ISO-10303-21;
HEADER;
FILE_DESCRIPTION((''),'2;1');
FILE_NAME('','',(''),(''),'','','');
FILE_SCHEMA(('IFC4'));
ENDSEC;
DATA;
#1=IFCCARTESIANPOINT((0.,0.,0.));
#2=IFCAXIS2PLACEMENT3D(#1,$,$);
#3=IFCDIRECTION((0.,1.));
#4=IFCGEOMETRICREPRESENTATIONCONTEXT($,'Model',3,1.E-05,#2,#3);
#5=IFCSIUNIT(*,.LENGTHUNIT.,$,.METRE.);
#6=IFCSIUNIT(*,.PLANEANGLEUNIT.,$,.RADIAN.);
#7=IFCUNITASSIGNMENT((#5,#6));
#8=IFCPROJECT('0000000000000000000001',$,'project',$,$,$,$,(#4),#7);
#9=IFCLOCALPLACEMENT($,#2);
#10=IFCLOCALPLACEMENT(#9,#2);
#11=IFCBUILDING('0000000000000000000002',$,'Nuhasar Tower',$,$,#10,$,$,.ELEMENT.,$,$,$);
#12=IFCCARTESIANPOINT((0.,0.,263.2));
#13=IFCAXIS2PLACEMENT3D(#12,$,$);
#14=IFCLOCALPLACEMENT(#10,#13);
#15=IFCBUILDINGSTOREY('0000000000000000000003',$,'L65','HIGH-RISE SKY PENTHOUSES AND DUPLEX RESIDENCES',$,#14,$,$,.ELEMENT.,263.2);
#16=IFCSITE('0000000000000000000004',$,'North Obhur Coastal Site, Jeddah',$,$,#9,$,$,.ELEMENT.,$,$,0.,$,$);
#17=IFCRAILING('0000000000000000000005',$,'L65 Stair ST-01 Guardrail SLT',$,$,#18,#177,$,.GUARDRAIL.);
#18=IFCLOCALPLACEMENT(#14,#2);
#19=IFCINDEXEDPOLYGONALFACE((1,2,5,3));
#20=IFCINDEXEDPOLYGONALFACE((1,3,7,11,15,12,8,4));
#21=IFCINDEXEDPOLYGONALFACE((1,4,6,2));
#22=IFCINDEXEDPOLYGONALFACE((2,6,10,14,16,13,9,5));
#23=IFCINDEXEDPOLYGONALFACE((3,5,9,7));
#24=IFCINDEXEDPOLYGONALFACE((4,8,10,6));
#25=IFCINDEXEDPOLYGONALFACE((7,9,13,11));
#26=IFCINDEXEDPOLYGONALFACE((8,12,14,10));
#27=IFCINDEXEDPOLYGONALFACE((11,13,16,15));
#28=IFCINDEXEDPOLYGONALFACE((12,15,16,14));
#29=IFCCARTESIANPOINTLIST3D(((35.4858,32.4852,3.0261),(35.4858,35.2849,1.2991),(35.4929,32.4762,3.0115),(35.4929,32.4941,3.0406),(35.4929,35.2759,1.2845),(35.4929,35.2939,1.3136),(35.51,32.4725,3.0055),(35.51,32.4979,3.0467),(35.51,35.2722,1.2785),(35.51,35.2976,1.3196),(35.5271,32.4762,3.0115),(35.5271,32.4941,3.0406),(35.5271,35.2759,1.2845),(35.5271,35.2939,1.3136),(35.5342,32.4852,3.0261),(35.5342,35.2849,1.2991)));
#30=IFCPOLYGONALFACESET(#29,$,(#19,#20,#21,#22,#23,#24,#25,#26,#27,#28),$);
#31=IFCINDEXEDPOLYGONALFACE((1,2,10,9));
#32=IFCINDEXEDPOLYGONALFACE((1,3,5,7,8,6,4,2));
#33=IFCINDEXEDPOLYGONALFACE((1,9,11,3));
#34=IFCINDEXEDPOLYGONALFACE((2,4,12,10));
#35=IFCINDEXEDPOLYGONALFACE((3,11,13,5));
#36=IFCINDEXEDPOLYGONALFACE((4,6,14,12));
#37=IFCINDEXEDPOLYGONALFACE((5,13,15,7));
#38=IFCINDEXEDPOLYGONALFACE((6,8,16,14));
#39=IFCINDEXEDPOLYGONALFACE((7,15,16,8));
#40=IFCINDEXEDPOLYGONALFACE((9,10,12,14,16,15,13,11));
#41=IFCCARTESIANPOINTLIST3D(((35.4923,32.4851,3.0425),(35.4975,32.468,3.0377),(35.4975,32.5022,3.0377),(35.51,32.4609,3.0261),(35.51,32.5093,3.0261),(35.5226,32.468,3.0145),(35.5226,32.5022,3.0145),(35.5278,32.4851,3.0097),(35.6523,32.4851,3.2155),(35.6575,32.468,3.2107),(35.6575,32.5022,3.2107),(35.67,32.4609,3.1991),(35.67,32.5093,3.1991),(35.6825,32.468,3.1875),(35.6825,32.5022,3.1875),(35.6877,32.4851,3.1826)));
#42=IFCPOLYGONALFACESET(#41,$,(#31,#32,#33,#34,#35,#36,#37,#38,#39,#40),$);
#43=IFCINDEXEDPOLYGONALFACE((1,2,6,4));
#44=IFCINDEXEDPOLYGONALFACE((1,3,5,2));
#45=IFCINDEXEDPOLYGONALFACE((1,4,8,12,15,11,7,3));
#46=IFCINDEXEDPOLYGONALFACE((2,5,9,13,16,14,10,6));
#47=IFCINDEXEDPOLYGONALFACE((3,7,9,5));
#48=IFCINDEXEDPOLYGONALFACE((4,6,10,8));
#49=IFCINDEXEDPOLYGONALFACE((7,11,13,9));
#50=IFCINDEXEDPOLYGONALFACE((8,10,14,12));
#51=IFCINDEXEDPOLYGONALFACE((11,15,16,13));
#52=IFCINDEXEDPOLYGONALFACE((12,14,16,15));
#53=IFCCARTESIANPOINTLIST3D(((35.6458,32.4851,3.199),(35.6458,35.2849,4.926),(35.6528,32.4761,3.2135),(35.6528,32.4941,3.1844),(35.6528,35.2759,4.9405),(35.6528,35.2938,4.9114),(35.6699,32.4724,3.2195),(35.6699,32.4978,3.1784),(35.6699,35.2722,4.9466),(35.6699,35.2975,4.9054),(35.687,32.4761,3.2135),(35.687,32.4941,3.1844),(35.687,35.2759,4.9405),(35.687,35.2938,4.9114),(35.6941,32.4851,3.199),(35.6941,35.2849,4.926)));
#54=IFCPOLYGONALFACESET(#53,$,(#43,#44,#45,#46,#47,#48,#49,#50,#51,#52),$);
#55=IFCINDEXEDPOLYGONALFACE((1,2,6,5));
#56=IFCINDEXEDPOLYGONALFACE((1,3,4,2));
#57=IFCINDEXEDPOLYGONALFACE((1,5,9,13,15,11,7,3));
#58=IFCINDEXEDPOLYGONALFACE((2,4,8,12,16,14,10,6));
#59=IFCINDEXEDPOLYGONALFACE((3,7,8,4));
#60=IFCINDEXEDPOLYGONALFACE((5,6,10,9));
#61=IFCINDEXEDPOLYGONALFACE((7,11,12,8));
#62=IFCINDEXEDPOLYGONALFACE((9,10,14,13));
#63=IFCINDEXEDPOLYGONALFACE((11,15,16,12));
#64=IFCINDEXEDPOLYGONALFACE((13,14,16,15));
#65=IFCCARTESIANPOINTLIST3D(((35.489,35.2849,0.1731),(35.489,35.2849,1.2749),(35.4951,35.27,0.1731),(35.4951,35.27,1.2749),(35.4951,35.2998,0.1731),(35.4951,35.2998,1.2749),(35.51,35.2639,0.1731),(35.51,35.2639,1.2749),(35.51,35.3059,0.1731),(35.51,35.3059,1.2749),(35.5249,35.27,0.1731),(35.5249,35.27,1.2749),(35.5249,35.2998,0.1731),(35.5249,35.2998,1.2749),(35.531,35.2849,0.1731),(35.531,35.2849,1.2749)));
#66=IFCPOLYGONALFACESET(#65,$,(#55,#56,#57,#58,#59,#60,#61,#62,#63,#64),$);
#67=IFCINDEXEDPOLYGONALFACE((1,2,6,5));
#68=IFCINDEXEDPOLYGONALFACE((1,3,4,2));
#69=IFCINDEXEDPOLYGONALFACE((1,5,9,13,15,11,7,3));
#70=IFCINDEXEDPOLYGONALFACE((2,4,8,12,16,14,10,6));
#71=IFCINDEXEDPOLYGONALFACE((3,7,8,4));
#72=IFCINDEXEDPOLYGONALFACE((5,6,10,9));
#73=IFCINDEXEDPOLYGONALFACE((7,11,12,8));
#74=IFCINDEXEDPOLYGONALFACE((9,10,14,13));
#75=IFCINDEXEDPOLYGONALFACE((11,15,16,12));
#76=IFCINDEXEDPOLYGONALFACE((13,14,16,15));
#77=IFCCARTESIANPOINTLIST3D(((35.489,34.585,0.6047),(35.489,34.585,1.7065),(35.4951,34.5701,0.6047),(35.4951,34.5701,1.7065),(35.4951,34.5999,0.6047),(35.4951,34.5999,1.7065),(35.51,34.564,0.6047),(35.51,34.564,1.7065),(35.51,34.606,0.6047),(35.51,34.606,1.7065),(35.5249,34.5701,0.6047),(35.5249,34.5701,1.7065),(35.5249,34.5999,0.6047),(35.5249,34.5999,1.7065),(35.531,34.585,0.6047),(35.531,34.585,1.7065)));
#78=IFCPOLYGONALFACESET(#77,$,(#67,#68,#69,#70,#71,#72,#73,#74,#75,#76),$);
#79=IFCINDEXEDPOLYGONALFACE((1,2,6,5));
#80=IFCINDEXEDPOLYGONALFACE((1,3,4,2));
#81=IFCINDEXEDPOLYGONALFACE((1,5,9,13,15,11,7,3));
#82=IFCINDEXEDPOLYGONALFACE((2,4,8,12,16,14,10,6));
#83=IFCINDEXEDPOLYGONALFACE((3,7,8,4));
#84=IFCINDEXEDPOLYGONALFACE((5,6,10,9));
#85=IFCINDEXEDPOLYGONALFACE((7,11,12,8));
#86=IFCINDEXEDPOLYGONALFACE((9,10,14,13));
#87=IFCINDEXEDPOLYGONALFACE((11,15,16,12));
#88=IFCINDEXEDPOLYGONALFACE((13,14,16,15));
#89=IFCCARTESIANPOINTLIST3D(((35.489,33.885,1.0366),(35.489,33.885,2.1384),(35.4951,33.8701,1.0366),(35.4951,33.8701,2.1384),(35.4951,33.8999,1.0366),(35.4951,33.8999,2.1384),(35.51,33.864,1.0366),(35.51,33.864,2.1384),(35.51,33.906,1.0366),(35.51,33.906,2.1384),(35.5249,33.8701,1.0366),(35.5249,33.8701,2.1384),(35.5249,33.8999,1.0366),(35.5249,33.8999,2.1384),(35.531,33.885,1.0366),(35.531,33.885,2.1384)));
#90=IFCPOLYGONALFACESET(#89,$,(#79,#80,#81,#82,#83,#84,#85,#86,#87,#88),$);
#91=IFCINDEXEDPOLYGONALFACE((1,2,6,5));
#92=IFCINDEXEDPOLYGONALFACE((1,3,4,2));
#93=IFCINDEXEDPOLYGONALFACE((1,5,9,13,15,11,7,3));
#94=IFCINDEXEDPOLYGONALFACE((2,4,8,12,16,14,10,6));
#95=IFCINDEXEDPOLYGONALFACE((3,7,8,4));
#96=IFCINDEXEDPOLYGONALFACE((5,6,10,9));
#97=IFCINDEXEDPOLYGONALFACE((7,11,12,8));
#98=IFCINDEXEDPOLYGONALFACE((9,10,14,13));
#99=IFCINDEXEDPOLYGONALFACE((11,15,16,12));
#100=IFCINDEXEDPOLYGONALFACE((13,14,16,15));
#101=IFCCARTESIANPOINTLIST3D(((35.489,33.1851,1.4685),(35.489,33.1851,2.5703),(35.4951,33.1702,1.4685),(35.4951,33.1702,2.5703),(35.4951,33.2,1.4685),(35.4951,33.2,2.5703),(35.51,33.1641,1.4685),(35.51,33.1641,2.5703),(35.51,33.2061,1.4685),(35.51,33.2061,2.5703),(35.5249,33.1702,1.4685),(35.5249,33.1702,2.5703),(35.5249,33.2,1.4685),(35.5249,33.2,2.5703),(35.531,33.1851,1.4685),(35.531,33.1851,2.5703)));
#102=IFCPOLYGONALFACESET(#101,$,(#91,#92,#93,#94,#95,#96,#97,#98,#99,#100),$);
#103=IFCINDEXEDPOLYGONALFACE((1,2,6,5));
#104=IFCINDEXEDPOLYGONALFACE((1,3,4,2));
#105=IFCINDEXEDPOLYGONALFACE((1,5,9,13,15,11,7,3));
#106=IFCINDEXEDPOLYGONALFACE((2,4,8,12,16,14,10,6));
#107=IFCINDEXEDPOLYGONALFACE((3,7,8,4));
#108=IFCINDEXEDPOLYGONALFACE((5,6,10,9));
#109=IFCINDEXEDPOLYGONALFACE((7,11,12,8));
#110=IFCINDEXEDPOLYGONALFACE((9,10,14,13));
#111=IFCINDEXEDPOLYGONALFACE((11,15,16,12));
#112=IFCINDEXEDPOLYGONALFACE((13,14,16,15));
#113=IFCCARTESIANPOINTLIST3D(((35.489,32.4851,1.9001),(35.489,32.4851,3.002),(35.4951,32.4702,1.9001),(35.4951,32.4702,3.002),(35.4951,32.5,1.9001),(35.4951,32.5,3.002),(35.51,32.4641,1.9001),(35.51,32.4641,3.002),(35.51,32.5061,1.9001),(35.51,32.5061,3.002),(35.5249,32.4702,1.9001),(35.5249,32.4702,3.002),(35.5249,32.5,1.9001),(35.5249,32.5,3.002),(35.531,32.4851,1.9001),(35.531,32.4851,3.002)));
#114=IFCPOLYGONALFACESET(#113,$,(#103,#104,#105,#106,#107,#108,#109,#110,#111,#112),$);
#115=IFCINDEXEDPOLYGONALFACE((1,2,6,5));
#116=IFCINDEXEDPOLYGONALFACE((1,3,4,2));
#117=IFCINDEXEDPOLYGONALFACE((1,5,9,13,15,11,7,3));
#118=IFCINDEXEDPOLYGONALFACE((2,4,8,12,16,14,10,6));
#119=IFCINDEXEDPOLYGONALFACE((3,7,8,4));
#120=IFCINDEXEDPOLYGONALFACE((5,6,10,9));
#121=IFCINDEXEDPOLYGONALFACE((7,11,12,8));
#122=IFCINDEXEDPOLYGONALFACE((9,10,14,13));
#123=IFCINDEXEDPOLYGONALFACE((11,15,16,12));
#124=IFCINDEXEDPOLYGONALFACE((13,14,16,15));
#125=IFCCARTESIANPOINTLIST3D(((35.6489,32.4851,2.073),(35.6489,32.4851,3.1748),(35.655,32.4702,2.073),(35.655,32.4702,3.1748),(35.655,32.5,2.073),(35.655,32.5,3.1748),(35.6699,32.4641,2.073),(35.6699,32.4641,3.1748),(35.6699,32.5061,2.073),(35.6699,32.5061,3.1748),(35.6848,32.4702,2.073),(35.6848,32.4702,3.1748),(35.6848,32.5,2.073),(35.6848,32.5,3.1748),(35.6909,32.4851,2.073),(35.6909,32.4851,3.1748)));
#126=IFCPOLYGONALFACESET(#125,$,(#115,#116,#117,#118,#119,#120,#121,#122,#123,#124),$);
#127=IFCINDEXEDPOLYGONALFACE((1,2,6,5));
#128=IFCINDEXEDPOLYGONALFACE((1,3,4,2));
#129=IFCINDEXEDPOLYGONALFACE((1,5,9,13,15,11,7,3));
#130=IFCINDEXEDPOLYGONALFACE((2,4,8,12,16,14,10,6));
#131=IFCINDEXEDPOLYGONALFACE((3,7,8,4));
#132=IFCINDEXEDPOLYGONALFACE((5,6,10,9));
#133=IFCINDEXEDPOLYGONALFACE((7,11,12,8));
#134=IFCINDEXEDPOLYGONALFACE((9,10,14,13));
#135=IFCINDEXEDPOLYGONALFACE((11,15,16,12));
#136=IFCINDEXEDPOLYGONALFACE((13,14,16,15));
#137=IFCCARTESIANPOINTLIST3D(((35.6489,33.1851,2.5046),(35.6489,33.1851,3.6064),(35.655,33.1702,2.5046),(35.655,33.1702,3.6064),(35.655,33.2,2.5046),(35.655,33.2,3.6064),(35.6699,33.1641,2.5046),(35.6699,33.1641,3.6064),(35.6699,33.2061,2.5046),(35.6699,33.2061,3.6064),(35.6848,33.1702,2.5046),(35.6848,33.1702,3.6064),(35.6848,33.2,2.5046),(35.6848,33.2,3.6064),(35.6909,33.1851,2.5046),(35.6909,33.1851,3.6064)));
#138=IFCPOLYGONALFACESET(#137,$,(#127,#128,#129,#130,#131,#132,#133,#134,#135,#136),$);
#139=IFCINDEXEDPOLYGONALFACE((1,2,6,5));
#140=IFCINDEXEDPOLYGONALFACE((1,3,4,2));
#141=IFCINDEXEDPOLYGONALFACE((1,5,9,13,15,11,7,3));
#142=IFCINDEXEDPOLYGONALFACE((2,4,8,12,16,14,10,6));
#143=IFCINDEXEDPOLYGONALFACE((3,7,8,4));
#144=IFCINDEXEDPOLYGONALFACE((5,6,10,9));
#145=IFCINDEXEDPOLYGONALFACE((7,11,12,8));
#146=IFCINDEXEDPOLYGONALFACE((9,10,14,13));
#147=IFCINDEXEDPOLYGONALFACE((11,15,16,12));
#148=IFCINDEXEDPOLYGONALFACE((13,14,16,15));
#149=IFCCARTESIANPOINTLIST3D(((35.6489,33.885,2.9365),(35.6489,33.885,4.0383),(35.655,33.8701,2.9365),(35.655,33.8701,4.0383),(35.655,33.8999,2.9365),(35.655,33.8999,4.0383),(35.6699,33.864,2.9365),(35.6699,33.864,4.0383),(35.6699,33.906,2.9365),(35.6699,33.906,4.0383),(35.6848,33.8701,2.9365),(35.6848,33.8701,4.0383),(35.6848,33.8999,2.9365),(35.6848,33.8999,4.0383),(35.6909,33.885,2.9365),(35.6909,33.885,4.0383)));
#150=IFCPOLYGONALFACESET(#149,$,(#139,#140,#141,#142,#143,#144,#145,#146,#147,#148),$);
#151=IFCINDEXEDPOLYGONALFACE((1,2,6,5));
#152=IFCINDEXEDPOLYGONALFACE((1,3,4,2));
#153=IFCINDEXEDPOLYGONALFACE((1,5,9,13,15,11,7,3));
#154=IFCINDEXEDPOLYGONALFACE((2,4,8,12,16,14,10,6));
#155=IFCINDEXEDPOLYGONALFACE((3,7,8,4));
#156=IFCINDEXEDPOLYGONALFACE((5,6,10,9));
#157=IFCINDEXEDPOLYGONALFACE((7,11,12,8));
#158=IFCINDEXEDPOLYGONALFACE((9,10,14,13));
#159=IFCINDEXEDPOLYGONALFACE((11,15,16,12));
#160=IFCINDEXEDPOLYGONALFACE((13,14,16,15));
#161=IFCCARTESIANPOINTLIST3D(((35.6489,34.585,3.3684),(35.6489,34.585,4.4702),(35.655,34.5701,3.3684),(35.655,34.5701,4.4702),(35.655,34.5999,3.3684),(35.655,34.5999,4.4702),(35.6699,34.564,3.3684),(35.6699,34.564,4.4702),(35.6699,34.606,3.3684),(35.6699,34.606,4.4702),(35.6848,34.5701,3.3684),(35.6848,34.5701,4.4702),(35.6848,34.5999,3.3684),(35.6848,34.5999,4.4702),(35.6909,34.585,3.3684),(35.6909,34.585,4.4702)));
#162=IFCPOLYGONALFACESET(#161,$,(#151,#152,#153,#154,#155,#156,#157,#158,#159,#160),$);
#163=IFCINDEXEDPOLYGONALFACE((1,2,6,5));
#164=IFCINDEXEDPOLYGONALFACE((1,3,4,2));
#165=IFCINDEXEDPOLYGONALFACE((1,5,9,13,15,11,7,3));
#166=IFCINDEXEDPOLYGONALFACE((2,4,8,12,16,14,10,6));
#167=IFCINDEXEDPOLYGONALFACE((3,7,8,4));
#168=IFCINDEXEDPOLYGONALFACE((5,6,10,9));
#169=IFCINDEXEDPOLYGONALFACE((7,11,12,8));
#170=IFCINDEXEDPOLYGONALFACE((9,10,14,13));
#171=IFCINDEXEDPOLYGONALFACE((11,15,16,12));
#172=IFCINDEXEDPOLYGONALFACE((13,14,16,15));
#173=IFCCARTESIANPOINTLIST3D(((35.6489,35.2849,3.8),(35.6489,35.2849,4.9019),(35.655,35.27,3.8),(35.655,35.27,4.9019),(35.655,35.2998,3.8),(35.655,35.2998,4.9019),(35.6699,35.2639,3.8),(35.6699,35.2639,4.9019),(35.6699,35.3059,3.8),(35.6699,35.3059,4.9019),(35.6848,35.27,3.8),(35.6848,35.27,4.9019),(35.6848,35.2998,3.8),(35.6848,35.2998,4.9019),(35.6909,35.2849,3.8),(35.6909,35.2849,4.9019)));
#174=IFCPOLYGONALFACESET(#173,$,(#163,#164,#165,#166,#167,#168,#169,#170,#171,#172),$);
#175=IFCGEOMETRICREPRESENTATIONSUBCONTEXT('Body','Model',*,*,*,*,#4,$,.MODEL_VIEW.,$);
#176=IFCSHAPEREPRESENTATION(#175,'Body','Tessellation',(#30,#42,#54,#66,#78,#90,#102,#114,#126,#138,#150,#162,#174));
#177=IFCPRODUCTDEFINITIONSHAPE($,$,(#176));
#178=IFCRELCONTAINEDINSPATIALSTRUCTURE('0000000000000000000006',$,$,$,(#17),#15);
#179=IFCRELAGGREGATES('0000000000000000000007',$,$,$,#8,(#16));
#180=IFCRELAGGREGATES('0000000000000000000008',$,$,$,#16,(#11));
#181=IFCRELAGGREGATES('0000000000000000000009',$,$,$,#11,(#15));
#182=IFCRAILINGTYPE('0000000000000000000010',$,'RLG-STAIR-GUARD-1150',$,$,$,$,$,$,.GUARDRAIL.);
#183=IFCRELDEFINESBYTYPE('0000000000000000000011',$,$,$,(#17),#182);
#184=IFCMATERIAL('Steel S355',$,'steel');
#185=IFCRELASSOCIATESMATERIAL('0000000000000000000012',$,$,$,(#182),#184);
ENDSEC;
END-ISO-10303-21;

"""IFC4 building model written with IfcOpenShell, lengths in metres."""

from ifc_helpers import new_model, si_unit, direction, frame, origin, place, context, subcontext, project, spatial, polyline, outline, extrude, material, type_object, element, save


model = new_model("IFC4")

# Units and contexts
model_context = context("Model", 3, precision=1e-05, world=origin(), true_north=direction((0.0, 1.0)))
body_context = subcontext(model_context, "Body", "Model", "MODEL_VIEW")
ifc_project = project(units=[si_unit("LENGTHUNIT", "METRE"), si_unit("PLANEANGLEUNIT", "RADIAN")], contexts=[model_context])

# Site, building, storey
site_placement = place(None, origin())
site = spatial("IfcSite", under=ifc_project, at=site_placement, Name="North Obhur Coastal Site, Jeddah", CompositionType="ELEMENT", RefElevation=0.0)
building_placement = place(site_placement, origin())
building = spatial("IfcBuilding", under=site, at=building_placement, Name="Nuhasar Tower", CompositionType="ELEMENT")
storey_placement = place(building_placement, frame((0.0, 0.0, 263.2)))
storey = spatial("IfcBuildingStorey", under=building, at=storey_placement, Name="L65", Description="HIGH-RISE SKY PENTHOUSES AND DUPLEX RESIDENCES", CompositionType="ELEMENT", Elevation=263.2)

# Shared definitions
ifc_material_1 = material(Name="Steel S355", Category="steel")

# Railing
railing_type_1 = type_object("IfcRailingType", Name="RLG-STAIR-GUARD-1150", PredefinedType="GUARDRAIL", material=ifc_material_1)
railing_1_placement = place(storey_placement, frame((35.51, 35.2849, 0.1731)))
element("IfcRailing", 1, at=railing_1_placement, inside=storey, type_object=railing_type_1, Name="L65 Stair ST-01 Guardrail SLT", PredefinedType="GUARDRAIL", context=body_context, shape_type="SweptSolid", body=[
    extrude(outline(polyline([(0.0242, 0.0), (0.0171, 0.0171), (0.0, 0.0242), (-0.0171, 0.0171), (-0.0242, 0.0), (-0.0171, -0.0171), (0.0, -0.0242), (0.0171, -0.0171), (0.0242, 0.0)])), frame((0.0, 0.0, 1.126), z_axis=(0.0, -0.851102, 0.525), x_axis=(1.0, 0.0, 0.0)), (0.0, 0.0, 1.0), 3.2896),
    extrude(outline(polyline([(0.0242, 0.0), (0.0171, 0.0171), (0.0, 0.0242), (-0.0171, 0.0171), (-0.0242, 0.0), (-0.0171, -0.0171), (0.0, -0.0242), (0.0171, -0.0171), (0.0242, 0.0)])), frame((0.0, -2.7998, 2.853), z_axis=(0.679098, 0.0, 0.734048), x_axis=(0.0, 1.0, 0.0)), (0.0, 0.0, 1.0), 0.2356),
    extrude(outline(polyline([(0.0242, 0.0), (0.0171, 0.0171), (0.0, 0.0242), (-0.0171, 0.0171), (-0.0242, 0.0), (-0.0171, -0.0171), (0.0, -0.0242), (0.0171, -0.0171), (0.0242, 0.0)])), frame((0.1599, -2.7998, 3.0259), z_axis=(0.0, 0.851102, 0.525), x_axis=(-1.0, 0.0, 0.0)), (0.0, 0.0, 1.0), 3.2896),
    extrude(outline(polyline([(0.021, 0.0), (0.0149, 0.0149), (0.0, 0.021), (-0.0149, 0.0149), (-0.021, 0.0), (-0.0149, -0.0149), (0.0, -0.021), (0.0149, -0.0149), (0.021, 0.0)])), origin(), (0.0, 0.0, 1.0), 1.1018),
    extrude(outline(polyline([(0.021, 0.0), (0.0149, 0.0149), (0.0, 0.021), (-0.0149, 0.0149), (-0.021, 0.0), (-0.0149, -0.0149), (0.0, -0.021), (0.0149, -0.0149), (0.021, 0.0)])), frame((0.0, -0.7, 0.4316)), (0.0, 0.0, 1.0), 1.1018),
    extrude(outline(polyline([(0.021, 0.0), (0.0149, 0.0149), (0.0, 0.021), (-0.0149, 0.0149), (-0.021, 0.0), (-0.0149, -0.0149), (0.0, -0.021), (0.0149, -0.0149), (0.021, 0.0)])), frame((0.0, -1.3999, 0.8635)), (0.0, 0.0, 1.0), 1.1018),
    extrude(outline(polyline([(0.021, 0.0), (0.0149, 0.0149), (0.0, 0.021), (-0.0149, 0.0149), (-0.021, 0.0), (-0.0149, -0.0149), (0.0, -0.021), (0.0149, -0.0149), (0.021, 0.0)])), frame((0.0, -2.0999, 1.2954)), (0.0, 0.0, 1.0), 1.1018),
    extrude(outline(polyline([(0.021, 0.0), (0.0149, 0.0149), (0.0, 0.021), (-0.0149, 0.0149), (-0.021, 0.0), (-0.0149, -0.0149), (0.0, -0.021), (0.0149, -0.0149), (0.021, 0.0)])), frame((0.0, -2.7998, 1.7271)), (0.0, 0.0, 1.0), 1.1018),
    extrude(outline(polyline([(0.021, 0.0), (0.0149, 0.0149), (0.0, 0.021), (-0.0149, 0.0149), (-0.021, 0.0), (-0.0149, -0.0149), (0.0, -0.021), (0.0149, -0.0149), (0.021, 0.0)])), frame((0.1599, -2.7998, 1.8999)), (0.0, 0.0, 1.0), 1.1018),
    extrude(outline(polyline([(0.021, 0.0), (0.0149, 0.0149), (0.0, 0.021), (-0.0149, 0.0149), (-0.021, 0.0), (-0.0149, -0.0149), (0.0, -0.021), (0.0149, -0.0149), (0.021, 0.0)])), frame((0.1599, -2.0999, 2.3315)), (0.0, 0.0, 1.0), 1.1018),
    extrude(outline(polyline([(0.021, 0.0), (0.0149, 0.0149), (0.0, 0.021), (-0.0149, 0.0149), (-0.021, 0.0), (-0.0149, -0.0149), (0.0, -0.021), (0.0149, -0.0149), (0.021, 0.0)])), frame((0.1599, -1.3999, 2.7634)), (0.0, 0.0, 1.0), 1.1018),
    extrude(outline(polyline([(0.021, 0.0), (0.0149, 0.0149), (0.0, 0.021), (-0.0149, 0.0149), (-0.021, 0.0), (-0.0149, -0.0149), (0.0, -0.021), (0.0149, -0.0149), (0.021, 0.0)])), frame((0.1599, -0.7, 3.1953)), (0.0, 0.0, 1.0), 1.1018),
    extrude(outline(polyline([(0.021, 0.0), (0.0149, 0.0149), (0.0, 0.021), (-0.0149, 0.0149), (-0.021, 0.0), (-0.0149, -0.0149), (0.0, -0.021), (0.0149, -0.0149), (0.021, 0.0)])), frame((0.1599, 0.0, 3.627)), (0.0, 0.0, 1.0), 1.1018),
])

save(model, "model.ifc")
